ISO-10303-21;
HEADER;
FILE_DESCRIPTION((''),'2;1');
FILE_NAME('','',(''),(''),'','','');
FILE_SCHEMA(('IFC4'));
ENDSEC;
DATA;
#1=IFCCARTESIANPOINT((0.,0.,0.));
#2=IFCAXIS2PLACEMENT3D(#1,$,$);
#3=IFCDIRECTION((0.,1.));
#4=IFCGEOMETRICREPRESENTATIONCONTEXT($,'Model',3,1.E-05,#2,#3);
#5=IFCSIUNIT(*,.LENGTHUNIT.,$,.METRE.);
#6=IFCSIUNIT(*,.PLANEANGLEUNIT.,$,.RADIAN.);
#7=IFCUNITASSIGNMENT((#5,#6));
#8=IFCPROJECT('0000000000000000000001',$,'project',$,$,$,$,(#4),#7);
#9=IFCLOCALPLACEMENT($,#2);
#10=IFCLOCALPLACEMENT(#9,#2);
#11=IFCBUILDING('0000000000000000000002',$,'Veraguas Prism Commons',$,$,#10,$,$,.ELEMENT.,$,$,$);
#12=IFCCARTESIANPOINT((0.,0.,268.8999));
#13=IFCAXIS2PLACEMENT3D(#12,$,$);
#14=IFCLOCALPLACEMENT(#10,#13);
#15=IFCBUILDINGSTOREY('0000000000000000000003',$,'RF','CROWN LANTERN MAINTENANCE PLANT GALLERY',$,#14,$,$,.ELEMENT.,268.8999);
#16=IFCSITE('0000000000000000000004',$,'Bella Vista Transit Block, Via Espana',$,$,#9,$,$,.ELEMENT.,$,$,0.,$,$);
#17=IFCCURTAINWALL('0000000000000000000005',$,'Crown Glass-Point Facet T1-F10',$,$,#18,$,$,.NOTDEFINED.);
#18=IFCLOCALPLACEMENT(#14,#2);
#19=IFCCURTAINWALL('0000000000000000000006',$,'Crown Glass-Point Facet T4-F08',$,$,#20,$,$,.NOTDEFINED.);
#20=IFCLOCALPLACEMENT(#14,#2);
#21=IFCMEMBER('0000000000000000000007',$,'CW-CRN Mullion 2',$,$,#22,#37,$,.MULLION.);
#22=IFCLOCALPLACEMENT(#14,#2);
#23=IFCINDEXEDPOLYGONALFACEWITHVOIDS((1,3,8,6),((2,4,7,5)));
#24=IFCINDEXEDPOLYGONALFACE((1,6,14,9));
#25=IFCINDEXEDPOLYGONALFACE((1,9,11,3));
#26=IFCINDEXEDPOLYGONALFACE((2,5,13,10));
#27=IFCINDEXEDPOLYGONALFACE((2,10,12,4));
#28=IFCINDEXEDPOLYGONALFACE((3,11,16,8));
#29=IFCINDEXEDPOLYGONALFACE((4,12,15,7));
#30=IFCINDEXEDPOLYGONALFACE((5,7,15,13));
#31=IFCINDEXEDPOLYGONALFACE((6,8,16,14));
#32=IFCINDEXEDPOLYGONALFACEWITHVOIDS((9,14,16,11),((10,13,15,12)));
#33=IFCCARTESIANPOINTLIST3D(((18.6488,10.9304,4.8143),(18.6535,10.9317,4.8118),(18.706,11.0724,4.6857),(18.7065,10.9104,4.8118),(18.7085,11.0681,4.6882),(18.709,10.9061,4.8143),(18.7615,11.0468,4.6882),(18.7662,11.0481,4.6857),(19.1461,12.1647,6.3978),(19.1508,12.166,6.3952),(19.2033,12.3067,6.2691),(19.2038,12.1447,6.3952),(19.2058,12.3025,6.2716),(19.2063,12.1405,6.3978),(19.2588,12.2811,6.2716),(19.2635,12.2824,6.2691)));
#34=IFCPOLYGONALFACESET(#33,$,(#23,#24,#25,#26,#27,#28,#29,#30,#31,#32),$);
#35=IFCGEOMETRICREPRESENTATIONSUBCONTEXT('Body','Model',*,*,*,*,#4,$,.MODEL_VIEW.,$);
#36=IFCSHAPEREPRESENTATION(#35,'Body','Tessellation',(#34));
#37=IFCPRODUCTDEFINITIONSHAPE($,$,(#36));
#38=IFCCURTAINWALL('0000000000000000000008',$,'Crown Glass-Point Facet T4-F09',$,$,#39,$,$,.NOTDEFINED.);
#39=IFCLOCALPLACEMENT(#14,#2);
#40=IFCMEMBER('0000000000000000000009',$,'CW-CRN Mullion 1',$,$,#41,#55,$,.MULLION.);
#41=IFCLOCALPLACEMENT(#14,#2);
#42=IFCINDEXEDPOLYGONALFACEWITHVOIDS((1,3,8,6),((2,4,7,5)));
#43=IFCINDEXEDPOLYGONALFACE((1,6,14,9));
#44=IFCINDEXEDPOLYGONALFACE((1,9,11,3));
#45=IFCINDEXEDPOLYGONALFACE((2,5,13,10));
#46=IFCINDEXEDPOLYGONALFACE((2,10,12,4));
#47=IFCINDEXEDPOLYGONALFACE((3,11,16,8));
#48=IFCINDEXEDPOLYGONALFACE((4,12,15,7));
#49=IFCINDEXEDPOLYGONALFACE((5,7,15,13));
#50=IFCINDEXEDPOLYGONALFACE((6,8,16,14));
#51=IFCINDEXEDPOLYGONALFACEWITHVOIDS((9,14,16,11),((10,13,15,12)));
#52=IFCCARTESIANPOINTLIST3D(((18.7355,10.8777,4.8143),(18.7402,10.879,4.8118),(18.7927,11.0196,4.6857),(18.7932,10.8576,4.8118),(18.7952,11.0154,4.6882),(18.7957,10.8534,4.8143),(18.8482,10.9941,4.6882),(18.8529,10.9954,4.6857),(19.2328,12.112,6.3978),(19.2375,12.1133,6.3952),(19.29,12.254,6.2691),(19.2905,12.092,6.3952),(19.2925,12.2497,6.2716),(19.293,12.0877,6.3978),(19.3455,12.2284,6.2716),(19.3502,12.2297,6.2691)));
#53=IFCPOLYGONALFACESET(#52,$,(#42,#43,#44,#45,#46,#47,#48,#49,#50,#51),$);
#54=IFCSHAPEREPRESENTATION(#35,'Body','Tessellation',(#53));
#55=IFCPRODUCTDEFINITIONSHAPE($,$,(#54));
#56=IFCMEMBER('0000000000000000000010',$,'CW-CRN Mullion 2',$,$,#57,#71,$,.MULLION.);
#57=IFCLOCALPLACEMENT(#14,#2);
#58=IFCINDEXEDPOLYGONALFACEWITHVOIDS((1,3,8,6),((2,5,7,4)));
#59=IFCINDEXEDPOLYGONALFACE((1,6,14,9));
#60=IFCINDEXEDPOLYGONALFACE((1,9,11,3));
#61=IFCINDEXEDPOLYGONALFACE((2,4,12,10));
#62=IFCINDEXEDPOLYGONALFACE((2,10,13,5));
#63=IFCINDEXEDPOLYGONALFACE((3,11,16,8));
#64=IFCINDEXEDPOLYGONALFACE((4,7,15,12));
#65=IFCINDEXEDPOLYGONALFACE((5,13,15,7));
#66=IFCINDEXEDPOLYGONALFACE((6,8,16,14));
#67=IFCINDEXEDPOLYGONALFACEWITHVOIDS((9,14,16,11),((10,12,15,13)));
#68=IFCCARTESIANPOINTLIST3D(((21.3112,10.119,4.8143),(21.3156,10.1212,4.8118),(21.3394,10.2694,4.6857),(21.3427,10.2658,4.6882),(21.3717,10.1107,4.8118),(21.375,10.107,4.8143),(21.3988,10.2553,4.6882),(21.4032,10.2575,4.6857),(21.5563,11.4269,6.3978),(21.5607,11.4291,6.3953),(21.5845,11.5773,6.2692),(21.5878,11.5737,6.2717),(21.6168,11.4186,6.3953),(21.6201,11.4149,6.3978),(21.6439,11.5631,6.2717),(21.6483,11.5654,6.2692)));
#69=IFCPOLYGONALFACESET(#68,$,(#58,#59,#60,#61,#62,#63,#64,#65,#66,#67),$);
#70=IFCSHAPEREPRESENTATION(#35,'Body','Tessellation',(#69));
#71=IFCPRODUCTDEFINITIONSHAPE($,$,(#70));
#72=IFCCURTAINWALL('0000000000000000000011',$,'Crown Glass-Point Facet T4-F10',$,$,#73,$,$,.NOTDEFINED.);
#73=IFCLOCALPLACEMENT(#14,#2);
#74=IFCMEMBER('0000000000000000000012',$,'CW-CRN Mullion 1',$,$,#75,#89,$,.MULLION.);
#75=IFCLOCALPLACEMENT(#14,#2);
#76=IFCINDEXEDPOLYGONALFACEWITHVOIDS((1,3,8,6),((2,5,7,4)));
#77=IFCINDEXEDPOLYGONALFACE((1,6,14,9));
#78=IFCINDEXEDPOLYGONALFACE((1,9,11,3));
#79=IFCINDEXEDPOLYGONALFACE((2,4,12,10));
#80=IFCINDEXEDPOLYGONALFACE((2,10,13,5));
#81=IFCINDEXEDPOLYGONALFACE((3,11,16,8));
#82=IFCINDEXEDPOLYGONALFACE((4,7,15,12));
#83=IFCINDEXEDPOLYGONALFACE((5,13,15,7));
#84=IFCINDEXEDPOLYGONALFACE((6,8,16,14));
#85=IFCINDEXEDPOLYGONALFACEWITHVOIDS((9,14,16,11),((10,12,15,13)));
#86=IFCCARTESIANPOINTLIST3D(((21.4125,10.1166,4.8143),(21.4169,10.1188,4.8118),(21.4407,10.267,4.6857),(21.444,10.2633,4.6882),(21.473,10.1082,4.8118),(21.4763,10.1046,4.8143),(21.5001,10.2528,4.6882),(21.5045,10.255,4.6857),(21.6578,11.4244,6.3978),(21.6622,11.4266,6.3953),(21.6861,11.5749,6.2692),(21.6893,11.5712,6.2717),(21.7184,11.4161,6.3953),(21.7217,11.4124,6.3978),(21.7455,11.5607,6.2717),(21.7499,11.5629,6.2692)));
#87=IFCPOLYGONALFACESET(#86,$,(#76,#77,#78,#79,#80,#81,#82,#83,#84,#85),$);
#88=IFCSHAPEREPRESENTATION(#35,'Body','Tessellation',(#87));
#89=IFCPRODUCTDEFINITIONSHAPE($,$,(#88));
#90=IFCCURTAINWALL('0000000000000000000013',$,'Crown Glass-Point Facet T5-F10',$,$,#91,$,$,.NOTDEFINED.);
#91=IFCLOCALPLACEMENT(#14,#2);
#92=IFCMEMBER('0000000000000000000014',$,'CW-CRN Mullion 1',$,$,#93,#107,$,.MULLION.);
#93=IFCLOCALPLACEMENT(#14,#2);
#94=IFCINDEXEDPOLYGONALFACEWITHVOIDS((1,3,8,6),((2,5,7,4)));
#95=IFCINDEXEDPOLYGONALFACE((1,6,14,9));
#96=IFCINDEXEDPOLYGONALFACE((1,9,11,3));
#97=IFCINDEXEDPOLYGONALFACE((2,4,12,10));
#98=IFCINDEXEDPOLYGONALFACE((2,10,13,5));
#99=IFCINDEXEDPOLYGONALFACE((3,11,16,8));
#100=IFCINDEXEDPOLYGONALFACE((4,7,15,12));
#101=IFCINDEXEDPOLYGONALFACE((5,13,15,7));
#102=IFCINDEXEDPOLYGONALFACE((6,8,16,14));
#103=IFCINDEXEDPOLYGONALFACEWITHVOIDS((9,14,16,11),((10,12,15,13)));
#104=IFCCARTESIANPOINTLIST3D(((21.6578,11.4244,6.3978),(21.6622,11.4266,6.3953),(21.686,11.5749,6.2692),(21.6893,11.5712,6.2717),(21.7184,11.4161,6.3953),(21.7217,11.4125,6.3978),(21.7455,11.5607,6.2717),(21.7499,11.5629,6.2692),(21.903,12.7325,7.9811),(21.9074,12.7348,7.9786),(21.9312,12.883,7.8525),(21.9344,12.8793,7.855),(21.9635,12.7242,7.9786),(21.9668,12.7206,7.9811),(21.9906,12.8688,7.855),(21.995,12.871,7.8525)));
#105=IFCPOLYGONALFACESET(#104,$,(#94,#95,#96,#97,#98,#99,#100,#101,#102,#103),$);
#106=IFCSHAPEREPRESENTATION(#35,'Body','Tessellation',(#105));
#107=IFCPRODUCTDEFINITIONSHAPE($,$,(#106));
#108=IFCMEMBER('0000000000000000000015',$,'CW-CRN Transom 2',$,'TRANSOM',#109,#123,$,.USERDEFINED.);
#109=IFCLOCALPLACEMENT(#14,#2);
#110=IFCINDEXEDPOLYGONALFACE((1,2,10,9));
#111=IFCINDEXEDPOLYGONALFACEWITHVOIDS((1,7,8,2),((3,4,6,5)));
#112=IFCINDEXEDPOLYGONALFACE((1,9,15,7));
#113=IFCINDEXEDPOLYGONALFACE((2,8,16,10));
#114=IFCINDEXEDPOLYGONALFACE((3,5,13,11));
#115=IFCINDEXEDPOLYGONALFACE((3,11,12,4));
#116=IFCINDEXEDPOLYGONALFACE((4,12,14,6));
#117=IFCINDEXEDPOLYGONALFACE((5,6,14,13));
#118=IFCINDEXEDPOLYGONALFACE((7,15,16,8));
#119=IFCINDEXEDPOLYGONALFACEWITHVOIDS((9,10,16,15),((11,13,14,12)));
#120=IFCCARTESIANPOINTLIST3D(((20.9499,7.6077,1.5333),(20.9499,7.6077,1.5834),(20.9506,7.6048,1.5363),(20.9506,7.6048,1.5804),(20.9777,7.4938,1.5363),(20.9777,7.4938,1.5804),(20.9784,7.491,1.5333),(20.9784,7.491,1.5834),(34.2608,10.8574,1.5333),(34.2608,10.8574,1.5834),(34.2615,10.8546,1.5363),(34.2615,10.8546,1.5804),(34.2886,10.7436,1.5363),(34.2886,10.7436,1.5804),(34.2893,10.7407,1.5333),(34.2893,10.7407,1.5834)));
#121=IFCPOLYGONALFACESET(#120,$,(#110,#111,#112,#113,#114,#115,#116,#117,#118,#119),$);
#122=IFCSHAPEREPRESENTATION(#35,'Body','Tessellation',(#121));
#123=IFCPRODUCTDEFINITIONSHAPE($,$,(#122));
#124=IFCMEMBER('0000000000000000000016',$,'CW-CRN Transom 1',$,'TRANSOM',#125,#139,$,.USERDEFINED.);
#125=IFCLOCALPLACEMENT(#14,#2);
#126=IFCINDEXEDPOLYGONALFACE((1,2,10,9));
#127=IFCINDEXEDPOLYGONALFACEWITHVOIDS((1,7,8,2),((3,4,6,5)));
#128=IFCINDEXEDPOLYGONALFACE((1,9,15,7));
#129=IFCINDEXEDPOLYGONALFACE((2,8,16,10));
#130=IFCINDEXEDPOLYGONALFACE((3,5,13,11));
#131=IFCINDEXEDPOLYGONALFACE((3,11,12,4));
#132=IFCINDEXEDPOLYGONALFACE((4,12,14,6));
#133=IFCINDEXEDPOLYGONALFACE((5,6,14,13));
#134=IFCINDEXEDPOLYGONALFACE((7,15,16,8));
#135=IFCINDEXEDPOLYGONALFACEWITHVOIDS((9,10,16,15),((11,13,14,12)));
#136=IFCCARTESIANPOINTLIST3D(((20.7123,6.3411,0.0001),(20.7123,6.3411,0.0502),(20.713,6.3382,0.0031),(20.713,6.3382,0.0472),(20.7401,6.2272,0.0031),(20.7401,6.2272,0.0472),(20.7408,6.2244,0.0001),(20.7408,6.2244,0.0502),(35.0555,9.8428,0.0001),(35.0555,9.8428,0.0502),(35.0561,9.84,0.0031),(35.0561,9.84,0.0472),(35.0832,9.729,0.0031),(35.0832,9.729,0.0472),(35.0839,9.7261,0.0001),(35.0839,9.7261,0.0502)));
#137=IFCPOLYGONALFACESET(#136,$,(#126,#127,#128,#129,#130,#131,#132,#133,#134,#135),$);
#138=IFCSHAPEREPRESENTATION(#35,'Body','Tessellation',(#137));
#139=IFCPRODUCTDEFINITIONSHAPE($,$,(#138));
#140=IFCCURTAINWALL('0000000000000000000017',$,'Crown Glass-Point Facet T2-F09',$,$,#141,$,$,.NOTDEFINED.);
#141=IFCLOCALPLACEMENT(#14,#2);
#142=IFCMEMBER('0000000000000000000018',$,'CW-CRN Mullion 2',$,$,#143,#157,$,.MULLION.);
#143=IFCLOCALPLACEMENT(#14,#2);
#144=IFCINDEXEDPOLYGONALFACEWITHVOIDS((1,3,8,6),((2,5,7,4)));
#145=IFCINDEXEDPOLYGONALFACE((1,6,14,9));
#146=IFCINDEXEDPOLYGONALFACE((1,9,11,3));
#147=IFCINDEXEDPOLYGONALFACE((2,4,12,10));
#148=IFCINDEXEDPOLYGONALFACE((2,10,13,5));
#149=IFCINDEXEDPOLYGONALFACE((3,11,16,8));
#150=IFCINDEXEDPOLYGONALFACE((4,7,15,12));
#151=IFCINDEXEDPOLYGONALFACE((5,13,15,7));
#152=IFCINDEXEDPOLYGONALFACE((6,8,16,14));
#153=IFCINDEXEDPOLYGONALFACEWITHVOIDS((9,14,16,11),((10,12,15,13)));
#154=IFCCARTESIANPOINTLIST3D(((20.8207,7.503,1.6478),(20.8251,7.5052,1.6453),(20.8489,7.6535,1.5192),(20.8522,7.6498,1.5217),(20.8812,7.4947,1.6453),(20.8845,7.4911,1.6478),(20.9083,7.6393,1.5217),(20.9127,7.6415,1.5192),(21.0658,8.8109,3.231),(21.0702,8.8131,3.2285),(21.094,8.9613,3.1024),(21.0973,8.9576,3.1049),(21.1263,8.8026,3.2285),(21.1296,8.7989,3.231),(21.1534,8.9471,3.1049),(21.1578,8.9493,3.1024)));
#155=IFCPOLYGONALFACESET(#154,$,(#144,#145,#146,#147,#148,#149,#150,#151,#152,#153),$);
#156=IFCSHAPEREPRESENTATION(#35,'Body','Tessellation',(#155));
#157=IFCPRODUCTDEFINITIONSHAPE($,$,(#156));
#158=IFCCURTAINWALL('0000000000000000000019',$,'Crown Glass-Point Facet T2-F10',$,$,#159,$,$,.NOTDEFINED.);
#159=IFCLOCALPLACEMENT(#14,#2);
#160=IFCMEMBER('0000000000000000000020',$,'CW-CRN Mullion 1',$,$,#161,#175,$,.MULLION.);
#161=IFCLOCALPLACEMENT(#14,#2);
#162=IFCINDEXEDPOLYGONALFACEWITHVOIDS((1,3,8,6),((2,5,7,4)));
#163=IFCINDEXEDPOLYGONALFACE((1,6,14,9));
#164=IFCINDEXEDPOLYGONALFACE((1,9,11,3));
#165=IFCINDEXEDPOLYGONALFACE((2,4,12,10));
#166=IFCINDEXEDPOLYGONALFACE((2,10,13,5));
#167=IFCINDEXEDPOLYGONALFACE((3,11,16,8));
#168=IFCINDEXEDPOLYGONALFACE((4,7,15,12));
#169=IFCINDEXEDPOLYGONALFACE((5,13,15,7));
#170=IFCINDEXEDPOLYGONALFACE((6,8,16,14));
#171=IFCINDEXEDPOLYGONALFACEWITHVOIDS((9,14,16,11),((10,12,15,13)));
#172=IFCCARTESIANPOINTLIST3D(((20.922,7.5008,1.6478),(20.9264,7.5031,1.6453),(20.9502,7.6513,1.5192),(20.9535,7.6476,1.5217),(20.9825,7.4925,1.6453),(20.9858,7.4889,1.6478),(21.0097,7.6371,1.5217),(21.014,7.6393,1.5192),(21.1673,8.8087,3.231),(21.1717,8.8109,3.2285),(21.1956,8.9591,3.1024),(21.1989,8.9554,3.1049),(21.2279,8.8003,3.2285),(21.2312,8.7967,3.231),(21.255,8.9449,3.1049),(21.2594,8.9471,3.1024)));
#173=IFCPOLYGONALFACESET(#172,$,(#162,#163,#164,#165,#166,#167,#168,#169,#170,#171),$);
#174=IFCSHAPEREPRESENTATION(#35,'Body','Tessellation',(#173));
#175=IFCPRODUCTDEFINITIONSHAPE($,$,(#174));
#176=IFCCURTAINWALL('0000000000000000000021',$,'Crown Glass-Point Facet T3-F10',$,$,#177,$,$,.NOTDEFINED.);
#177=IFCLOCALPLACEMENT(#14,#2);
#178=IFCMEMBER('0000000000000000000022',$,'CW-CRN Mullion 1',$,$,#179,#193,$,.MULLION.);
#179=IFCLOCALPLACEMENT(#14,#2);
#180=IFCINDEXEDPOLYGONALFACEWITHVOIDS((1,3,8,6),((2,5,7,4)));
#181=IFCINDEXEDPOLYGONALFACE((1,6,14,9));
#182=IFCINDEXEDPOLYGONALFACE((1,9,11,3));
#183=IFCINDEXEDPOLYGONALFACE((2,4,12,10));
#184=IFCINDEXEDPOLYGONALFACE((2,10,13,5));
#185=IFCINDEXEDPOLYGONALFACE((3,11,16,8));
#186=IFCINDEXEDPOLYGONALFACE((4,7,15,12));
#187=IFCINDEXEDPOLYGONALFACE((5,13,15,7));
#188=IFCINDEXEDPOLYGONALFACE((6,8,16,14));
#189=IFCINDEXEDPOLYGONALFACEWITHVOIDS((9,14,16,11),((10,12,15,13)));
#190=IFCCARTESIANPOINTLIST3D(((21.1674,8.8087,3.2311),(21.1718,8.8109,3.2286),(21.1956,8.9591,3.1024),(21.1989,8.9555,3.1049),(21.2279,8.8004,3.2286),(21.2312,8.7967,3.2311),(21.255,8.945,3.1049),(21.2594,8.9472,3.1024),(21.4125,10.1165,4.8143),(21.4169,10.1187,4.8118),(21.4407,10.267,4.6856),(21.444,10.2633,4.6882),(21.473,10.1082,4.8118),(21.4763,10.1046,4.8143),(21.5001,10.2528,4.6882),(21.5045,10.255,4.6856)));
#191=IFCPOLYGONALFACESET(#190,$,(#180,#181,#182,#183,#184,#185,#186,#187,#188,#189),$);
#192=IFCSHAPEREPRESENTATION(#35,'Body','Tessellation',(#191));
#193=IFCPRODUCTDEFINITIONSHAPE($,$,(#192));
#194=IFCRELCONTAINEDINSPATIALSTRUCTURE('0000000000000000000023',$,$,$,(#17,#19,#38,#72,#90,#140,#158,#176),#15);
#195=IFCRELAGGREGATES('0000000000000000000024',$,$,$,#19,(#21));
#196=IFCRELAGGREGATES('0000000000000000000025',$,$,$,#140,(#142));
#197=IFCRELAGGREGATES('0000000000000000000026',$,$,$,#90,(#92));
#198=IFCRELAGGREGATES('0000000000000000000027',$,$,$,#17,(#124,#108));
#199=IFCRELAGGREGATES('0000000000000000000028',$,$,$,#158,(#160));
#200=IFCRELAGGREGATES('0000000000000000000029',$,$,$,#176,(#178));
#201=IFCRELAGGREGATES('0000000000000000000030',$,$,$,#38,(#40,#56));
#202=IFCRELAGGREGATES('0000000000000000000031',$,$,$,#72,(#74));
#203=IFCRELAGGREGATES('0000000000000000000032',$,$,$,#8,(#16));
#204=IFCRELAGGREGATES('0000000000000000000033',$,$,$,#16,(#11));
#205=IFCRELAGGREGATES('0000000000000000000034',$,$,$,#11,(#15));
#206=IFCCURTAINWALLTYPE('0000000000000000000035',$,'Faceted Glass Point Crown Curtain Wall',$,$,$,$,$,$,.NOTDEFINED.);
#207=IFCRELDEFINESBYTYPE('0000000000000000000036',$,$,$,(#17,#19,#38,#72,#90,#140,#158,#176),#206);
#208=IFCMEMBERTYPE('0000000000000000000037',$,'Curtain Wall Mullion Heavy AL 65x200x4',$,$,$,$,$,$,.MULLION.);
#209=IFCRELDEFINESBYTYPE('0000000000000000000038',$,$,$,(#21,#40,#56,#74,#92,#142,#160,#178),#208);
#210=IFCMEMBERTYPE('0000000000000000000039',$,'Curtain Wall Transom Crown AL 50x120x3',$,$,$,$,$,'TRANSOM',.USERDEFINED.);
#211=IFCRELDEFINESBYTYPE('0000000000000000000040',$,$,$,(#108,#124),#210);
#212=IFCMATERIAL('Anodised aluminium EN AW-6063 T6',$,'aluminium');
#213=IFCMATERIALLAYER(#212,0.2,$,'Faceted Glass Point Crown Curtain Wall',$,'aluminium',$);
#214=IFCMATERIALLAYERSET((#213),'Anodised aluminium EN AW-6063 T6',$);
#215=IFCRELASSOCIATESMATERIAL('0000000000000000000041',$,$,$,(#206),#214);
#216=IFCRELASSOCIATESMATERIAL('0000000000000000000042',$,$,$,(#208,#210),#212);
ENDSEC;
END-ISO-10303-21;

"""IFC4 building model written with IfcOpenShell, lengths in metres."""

from ifc_helpers import new_model, si_unit, direction, frame, origin, origin_2d, place, context, subcontext, project, spatial, hollow_rectangle, extrude, source, transform, mapped, material, layer, layer_set, material_profile, profile_set, type_object, element, aggregate, save


model = new_model("IFC4")

# Units and contexts
model_context = context("Model", 3, precision=1e-05, world=origin(), true_north=direction((0.0, 1.0)))
body_context = subcontext(model_context, "Body", "Model", "MODEL_VIEW")
ifc_project = project(units=[si_unit("LENGTHUNIT", "METRE"), si_unit("PLANEANGLEUNIT", "RADIAN")], contexts=[model_context])

# Site, building, storey
site_placement = place(None, origin())
site = spatial("IfcSite", under=ifc_project, at=site_placement, Name="Bella Vista Transit Block, Via Espana", CompositionType="ELEMENT", RefElevation=0.0)
building_placement = place(site_placement, origin())
building = spatial("IfcBuilding", under=site, at=building_placement, Name="Veraguas Prism Commons", CompositionType="ELEMENT")
storey_placement = place(building_placement, frame((0.0, 0.0, 268.8999)))
storey = spatial("IfcBuildingStorey", under=building, at=storey_placement, Name="RF", Description="CROWN LANTERN MAINTENANCE PLANT GALLERY", CompositionType="ELEMENT", Elevation=268.8999)

# Curtain walls, member
ifc_material_1 = material(Name="Anodised aluminium EN AW-6063 T6", Category="aluminium")
ifc_layer_1 = layer(ifc_material_1, 0.2, Name="Faceted Glass Point Crown Curtain Wall", Category="aluminium")
ifc_layer_set_1 = layer_set([ifc_layer_1], Name="Anodised aluminium EN AW-6063 T6")
curtain_wall_type = type_object("IfcCurtainWallType", Name="Faceted Glass Point Crown Curtain Wall", PredefinedType="NOTDEFINED", material=ifc_layer_set_1)
ifc_material_profile_1 = material_profile(ifc_material_1, hollow_rectangle(XDim=0.0649, YDim=0.2, WallThickness=0.0039, at=origin_2d()), Name="AL65X200X4")
ifc_profile_set_1 = profile_set([ifc_material_profile_1], Name="Anodised aluminium EN AW-6063 T6")
member_type_1 = type_object("IfcMemberType", Name="Curtain Wall Mullion Heavy AL 65x200x4", PredefinedType="MULLION", material=ifc_profile_set_1)
shared_shape_1 = source(origin(), body_context, "Body", "SweptSolid", [
    extrude(hollow_rectangle(XDim=0.0649, YDim=0.2, WallThickness=0.0039, at=origin_2d()), origin(), (0.0, 0.0, 1.0), 2.0684),
])
curtain_wall_1_placement = place(storey_placement, origin())
curtain_wall_1 = element("IfcCurtainWall", 1, at=curtain_wall_1_placement, inside=storey, type_object=curtain_wall_type, Name="Crown Glass-Point Facet T1-F10", PredefinedType="NOTDEFINED")
curtain_wall_2_placement = place(storey_placement, origin())
curtain_wall_2 = element("IfcCurtainWall", 2, at=curtain_wall_2_placement, inside=storey, type_object=curtain_wall_type, Name="Crown Glass-Point Facet T4-F08", PredefinedType="NOTDEFINED")
member_1_placement = place(storey_placement, frame((18.7075, 10.9893, 4.75), z_axis=(0.240429, 0.596765, 0.765549), x_axis=(-0.92755, 0.373699, 0.0)))
member_1 = element("IfcMember", 3, at=member_1_placement, type_object=member_type_1, Name="CW-CRN Mullion 2", PredefinedType="MULLION", context=body_context, shape_type="MappedRepresentation", body=[
    mapped(shared_shape_1, transform((0.0, 0.0, 0.0), scale=1.0)),
])
aggregate(curtain_wall_2, [member_1])

# Curtain wall, members
curtain_wall_3_placement = place(storey_placement, origin())
curtain_wall_3 = element("IfcCurtainWall", 4, at=curtain_wall_3_placement, inside=storey, type_object=curtain_wall_type, Name="Crown Glass-Point Facet T4-F09", PredefinedType="NOTDEFINED")
member_2_placement = place(storey_placement, frame((18.7942, 10.9365, 4.75), z_axis=(0.240429, 0.596765, 0.765549), x_axis=(-0.92755, 0.373699, 0.0)))
member_2 = element("IfcMember", 5, at=member_2_placement, type_object=member_type_1, Name="CW-CRN Mullion 1", PredefinedType="MULLION", context=body_context, shape_type="MappedRepresentation", body=[
    mapped(shared_shape_1, transform((0.0, 0.0, 0.0), scale=1.0)),
])
member_3_placement = place(storey_placement, frame((21.3572, 10.1882, 4.75), z_axis=(0.118509, 0.632323, 0.765587), x_axis=(-0.982887, 0.184211, 0.0)))
member_3 = element("IfcMember", 6, at=member_3_placement, type_object=member_type_1, Name="CW-CRN Mullion 2", PredefinedType="MULLION", context=body_context, shape_type="MappedRepresentation", body=[
    mapped(shared_shape_1, transform((0.0, 0.0, 0.0), scale=1.0)),
])

# Curtain walls, members
curtain_wall_4_placement = place(storey_placement, origin())
curtain_wall_4 = element("IfcCurtainWall", 7, at=curtain_wall_4_placement, inside=storey, type_object=curtain_wall_type, Name="Crown Glass-Point Facet T4-F10", PredefinedType="NOTDEFINED")
member_4_placement = place(storey_placement, frame((21.4585, 10.1858, 4.75), z_axis=(0.118625, 0.632314, 0.765576), x_axis=(-0.982853, 0.184388, 0.0)))
member_4 = element("IfcMember", 8, at=member_4_placement, type_object=member_type_1, Name="CW-CRN Mullion 1", PredefinedType="MULLION", context=body_context, shape_type="MappedRepresentation", body=[
    mapped(shared_shape_1, transform((0.0, 0.0, 0.0), scale=1.0)),
])
curtain_wall_5_placement = place(storey_placement, origin())
curtain_wall_5 = element("IfcCurtainWall", 9, at=curtain_wall_5_placement, inside=storey, type_object=curtain_wall_type, Name="Crown Glass-Point Facet T5-F10", PredefinedType="NOTDEFINED")
member_5_placement = place(storey_placement, frame((21.7039, 11.4937, 6.3335), z_axis=(0.118511, 0.632451, 0.765481), x_axis=(-0.982893, 0.184178, 0.0)))
member_5 = element("IfcMember", 10, at=member_5_placement, type_object=member_type_1, Name="CW-CRN Mullion 1", PredefinedType="MULLION", context=body_context, shape_type="MappedRepresentation", body=[
    mapped(shared_shape_1, transform((0.0, 0.0, 0.0), scale=1.0)),
])

# Members
ifc_material_profile_2 = material_profile(ifc_material_1, hollow_rectangle(XDim=0.05, YDim=0.1201, WallThickness=0.0029, at=origin_2d()), Name="AL50X120X3")
ifc_profile_set_2 = profile_set([ifc_material_profile_2], Name="Anodised aluminium EN AW-6063 T6")
member_type_2 = type_object("IfcMemberType", Name="Curtain Wall Transom Crown AL 50x120x3", ElementType="TRANSOM", PredefinedType="USERDEFINED", material=ifc_profile_set_2)
shared_shape_2 = source(origin(), body_context, "Body", "SweptSolid", [
    extrude(hollow_rectangle(XDim=0.05, YDim=0.1201, WallThickness=0.0029, at=origin_2d()), origin(), (0.0, 0.0, 1.0), 13.7019),
])
member_6_placement = place(storey_placement, frame((20.9641, 7.5493, 1.5583), z_axis=(0.971467, 0.237174, 0.0), x_axis=(0.0, 0.0, 1.0)))
member_6 = element("IfcMember", 11, at=member_6_placement, type_object=member_type_2, Name="CW-CRN Transom 2", ObjectType="TRANSOM", PredefinedType="USERDEFINED", context=body_context, shape_type="MappedRepresentation", body=[
    mapped(shared_shape_2, transform((0.0, 0.0, 0.0), scale=1.0)),
])
shared_shape_3 = source(origin(), body_context, "Body", "SweptSolid", [
    extrude(hollow_rectangle(XDim=0.05, YDim=0.1201, WallThickness=0.0029, at=origin_2d()), origin(), (0.0, 0.0, 1.0), 14.7644),
])
member_7_placement = place(storey_placement, frame((20.7266, 6.2827, 0.0251), z_axis=(0.971467, 0.237174, 0.0), x_axis=(0.0, 0.0, 1.0)))
member_7 = element("IfcMember", 12, at=member_7_placement, type_object=member_type_2, Name="CW-CRN Transom 1", ObjectType="TRANSOM", PredefinedType="USERDEFINED", context=body_context, shape_type="MappedRepresentation", body=[
    mapped(shared_shape_3, transform((0.0, 0.0, 0.0), scale=1.0)),
])

# Curtain walls, members
curtain_wall_6_placement = place(storey_placement, origin())
curtain_wall_6 = element("IfcCurtainWall", 13, at=curtain_wall_6_placement, inside=storey, type_object=curtain_wall_type, Name="Crown Glass-Point Facet T2-F09", PredefinedType="NOTDEFINED")
shared_shape_4 = source(origin(), body_context, "Body", "SweptSolid", [
    extrude(hollow_rectangle(XDim=0.0649, YDim=0.2, WallThickness=0.0039, at=origin_2d()), origin(), (0.0, 0.0, 1.0), 2.0681),
])
member_8_placement = place(storey_placement, frame((20.8667, 7.5723, 1.5835), z_axis=(0.11852, 0.63238, 0.765538), x_axis=(-0.982887, 0.184211, 0.0)))
member_8 = element("IfcMember", 14, at=member_8_placement, type_object=member_type_1, Name="CW-CRN Mullion 2", PredefinedType="MULLION", context=body_context, shape_type="MappedRepresentation", body=[
    mapped(shared_shape_4, transform((0.0, 0.0, 0.0), scale=1.0)),
])
aggregate(curtain_wall_6, [member_8])
curtain_wall_7_placement = place(storey_placement, origin())
curtain_wall_7 = element("IfcCurtainWall", 15, at=curtain_wall_7_placement, inside=storey, type_object=curtain_wall_type, Name="Crown Glass-Point Facet T2-F10", PredefinedType="NOTDEFINED")
member_9_placement = place(storey_placement, frame((20.968, 7.5701, 1.5835), z_axis=(0.118636, 0.632371, 0.765527), x_axis=(-0.982853, 0.184388, 0.0)))
member_9 = element("IfcMember", 16, at=member_9_placement, type_object=member_type_1, Name="CW-CRN Mullion 1", PredefinedType="MULLION", context=body_context, shape_type="MappedRepresentation", body=[
    mapped(shared_shape_4, transform((0.0, 0.0, 0.0), scale=1.0)),
])
curtain_wall_8_placement = place(storey_placement, origin())
curtain_wall_8 = element("IfcCurtainWall", 17, at=curtain_wall_8_placement, inside=storey, type_object=curtain_wall_type, Name="Crown Glass-Point Facet T3-F10", PredefinedType="NOTDEFINED")
member_10_placement = place(storey_placement, frame((21.2134, 8.8779, 3.1667), z_axis=(0.11852, 0.63238, 0.765538), x_axis=(-0.982887, 0.184211, 0.0)))
member_10 = element("IfcMember", 18, at=member_10_placement, type_object=member_type_1, Name="CW-CRN Mullion 1", PredefinedType="MULLION", context=body_context, shape_type="MappedRepresentation", body=[
    mapped(shared_shape_4, transform((0.0, 0.0, 0.0), scale=1.0)),
])

aggregate(curtain_wall_5, [member_5])

aggregate(curtain_wall_1, [member_7, member_6])
aggregate(curtain_wall_7, [member_9])
aggregate(curtain_wall_8, [member_10])
aggregate(curtain_wall_3, [member_2, member_3])
aggregate(curtain_wall_4, [member_4])

save(model, "model.ifc")
